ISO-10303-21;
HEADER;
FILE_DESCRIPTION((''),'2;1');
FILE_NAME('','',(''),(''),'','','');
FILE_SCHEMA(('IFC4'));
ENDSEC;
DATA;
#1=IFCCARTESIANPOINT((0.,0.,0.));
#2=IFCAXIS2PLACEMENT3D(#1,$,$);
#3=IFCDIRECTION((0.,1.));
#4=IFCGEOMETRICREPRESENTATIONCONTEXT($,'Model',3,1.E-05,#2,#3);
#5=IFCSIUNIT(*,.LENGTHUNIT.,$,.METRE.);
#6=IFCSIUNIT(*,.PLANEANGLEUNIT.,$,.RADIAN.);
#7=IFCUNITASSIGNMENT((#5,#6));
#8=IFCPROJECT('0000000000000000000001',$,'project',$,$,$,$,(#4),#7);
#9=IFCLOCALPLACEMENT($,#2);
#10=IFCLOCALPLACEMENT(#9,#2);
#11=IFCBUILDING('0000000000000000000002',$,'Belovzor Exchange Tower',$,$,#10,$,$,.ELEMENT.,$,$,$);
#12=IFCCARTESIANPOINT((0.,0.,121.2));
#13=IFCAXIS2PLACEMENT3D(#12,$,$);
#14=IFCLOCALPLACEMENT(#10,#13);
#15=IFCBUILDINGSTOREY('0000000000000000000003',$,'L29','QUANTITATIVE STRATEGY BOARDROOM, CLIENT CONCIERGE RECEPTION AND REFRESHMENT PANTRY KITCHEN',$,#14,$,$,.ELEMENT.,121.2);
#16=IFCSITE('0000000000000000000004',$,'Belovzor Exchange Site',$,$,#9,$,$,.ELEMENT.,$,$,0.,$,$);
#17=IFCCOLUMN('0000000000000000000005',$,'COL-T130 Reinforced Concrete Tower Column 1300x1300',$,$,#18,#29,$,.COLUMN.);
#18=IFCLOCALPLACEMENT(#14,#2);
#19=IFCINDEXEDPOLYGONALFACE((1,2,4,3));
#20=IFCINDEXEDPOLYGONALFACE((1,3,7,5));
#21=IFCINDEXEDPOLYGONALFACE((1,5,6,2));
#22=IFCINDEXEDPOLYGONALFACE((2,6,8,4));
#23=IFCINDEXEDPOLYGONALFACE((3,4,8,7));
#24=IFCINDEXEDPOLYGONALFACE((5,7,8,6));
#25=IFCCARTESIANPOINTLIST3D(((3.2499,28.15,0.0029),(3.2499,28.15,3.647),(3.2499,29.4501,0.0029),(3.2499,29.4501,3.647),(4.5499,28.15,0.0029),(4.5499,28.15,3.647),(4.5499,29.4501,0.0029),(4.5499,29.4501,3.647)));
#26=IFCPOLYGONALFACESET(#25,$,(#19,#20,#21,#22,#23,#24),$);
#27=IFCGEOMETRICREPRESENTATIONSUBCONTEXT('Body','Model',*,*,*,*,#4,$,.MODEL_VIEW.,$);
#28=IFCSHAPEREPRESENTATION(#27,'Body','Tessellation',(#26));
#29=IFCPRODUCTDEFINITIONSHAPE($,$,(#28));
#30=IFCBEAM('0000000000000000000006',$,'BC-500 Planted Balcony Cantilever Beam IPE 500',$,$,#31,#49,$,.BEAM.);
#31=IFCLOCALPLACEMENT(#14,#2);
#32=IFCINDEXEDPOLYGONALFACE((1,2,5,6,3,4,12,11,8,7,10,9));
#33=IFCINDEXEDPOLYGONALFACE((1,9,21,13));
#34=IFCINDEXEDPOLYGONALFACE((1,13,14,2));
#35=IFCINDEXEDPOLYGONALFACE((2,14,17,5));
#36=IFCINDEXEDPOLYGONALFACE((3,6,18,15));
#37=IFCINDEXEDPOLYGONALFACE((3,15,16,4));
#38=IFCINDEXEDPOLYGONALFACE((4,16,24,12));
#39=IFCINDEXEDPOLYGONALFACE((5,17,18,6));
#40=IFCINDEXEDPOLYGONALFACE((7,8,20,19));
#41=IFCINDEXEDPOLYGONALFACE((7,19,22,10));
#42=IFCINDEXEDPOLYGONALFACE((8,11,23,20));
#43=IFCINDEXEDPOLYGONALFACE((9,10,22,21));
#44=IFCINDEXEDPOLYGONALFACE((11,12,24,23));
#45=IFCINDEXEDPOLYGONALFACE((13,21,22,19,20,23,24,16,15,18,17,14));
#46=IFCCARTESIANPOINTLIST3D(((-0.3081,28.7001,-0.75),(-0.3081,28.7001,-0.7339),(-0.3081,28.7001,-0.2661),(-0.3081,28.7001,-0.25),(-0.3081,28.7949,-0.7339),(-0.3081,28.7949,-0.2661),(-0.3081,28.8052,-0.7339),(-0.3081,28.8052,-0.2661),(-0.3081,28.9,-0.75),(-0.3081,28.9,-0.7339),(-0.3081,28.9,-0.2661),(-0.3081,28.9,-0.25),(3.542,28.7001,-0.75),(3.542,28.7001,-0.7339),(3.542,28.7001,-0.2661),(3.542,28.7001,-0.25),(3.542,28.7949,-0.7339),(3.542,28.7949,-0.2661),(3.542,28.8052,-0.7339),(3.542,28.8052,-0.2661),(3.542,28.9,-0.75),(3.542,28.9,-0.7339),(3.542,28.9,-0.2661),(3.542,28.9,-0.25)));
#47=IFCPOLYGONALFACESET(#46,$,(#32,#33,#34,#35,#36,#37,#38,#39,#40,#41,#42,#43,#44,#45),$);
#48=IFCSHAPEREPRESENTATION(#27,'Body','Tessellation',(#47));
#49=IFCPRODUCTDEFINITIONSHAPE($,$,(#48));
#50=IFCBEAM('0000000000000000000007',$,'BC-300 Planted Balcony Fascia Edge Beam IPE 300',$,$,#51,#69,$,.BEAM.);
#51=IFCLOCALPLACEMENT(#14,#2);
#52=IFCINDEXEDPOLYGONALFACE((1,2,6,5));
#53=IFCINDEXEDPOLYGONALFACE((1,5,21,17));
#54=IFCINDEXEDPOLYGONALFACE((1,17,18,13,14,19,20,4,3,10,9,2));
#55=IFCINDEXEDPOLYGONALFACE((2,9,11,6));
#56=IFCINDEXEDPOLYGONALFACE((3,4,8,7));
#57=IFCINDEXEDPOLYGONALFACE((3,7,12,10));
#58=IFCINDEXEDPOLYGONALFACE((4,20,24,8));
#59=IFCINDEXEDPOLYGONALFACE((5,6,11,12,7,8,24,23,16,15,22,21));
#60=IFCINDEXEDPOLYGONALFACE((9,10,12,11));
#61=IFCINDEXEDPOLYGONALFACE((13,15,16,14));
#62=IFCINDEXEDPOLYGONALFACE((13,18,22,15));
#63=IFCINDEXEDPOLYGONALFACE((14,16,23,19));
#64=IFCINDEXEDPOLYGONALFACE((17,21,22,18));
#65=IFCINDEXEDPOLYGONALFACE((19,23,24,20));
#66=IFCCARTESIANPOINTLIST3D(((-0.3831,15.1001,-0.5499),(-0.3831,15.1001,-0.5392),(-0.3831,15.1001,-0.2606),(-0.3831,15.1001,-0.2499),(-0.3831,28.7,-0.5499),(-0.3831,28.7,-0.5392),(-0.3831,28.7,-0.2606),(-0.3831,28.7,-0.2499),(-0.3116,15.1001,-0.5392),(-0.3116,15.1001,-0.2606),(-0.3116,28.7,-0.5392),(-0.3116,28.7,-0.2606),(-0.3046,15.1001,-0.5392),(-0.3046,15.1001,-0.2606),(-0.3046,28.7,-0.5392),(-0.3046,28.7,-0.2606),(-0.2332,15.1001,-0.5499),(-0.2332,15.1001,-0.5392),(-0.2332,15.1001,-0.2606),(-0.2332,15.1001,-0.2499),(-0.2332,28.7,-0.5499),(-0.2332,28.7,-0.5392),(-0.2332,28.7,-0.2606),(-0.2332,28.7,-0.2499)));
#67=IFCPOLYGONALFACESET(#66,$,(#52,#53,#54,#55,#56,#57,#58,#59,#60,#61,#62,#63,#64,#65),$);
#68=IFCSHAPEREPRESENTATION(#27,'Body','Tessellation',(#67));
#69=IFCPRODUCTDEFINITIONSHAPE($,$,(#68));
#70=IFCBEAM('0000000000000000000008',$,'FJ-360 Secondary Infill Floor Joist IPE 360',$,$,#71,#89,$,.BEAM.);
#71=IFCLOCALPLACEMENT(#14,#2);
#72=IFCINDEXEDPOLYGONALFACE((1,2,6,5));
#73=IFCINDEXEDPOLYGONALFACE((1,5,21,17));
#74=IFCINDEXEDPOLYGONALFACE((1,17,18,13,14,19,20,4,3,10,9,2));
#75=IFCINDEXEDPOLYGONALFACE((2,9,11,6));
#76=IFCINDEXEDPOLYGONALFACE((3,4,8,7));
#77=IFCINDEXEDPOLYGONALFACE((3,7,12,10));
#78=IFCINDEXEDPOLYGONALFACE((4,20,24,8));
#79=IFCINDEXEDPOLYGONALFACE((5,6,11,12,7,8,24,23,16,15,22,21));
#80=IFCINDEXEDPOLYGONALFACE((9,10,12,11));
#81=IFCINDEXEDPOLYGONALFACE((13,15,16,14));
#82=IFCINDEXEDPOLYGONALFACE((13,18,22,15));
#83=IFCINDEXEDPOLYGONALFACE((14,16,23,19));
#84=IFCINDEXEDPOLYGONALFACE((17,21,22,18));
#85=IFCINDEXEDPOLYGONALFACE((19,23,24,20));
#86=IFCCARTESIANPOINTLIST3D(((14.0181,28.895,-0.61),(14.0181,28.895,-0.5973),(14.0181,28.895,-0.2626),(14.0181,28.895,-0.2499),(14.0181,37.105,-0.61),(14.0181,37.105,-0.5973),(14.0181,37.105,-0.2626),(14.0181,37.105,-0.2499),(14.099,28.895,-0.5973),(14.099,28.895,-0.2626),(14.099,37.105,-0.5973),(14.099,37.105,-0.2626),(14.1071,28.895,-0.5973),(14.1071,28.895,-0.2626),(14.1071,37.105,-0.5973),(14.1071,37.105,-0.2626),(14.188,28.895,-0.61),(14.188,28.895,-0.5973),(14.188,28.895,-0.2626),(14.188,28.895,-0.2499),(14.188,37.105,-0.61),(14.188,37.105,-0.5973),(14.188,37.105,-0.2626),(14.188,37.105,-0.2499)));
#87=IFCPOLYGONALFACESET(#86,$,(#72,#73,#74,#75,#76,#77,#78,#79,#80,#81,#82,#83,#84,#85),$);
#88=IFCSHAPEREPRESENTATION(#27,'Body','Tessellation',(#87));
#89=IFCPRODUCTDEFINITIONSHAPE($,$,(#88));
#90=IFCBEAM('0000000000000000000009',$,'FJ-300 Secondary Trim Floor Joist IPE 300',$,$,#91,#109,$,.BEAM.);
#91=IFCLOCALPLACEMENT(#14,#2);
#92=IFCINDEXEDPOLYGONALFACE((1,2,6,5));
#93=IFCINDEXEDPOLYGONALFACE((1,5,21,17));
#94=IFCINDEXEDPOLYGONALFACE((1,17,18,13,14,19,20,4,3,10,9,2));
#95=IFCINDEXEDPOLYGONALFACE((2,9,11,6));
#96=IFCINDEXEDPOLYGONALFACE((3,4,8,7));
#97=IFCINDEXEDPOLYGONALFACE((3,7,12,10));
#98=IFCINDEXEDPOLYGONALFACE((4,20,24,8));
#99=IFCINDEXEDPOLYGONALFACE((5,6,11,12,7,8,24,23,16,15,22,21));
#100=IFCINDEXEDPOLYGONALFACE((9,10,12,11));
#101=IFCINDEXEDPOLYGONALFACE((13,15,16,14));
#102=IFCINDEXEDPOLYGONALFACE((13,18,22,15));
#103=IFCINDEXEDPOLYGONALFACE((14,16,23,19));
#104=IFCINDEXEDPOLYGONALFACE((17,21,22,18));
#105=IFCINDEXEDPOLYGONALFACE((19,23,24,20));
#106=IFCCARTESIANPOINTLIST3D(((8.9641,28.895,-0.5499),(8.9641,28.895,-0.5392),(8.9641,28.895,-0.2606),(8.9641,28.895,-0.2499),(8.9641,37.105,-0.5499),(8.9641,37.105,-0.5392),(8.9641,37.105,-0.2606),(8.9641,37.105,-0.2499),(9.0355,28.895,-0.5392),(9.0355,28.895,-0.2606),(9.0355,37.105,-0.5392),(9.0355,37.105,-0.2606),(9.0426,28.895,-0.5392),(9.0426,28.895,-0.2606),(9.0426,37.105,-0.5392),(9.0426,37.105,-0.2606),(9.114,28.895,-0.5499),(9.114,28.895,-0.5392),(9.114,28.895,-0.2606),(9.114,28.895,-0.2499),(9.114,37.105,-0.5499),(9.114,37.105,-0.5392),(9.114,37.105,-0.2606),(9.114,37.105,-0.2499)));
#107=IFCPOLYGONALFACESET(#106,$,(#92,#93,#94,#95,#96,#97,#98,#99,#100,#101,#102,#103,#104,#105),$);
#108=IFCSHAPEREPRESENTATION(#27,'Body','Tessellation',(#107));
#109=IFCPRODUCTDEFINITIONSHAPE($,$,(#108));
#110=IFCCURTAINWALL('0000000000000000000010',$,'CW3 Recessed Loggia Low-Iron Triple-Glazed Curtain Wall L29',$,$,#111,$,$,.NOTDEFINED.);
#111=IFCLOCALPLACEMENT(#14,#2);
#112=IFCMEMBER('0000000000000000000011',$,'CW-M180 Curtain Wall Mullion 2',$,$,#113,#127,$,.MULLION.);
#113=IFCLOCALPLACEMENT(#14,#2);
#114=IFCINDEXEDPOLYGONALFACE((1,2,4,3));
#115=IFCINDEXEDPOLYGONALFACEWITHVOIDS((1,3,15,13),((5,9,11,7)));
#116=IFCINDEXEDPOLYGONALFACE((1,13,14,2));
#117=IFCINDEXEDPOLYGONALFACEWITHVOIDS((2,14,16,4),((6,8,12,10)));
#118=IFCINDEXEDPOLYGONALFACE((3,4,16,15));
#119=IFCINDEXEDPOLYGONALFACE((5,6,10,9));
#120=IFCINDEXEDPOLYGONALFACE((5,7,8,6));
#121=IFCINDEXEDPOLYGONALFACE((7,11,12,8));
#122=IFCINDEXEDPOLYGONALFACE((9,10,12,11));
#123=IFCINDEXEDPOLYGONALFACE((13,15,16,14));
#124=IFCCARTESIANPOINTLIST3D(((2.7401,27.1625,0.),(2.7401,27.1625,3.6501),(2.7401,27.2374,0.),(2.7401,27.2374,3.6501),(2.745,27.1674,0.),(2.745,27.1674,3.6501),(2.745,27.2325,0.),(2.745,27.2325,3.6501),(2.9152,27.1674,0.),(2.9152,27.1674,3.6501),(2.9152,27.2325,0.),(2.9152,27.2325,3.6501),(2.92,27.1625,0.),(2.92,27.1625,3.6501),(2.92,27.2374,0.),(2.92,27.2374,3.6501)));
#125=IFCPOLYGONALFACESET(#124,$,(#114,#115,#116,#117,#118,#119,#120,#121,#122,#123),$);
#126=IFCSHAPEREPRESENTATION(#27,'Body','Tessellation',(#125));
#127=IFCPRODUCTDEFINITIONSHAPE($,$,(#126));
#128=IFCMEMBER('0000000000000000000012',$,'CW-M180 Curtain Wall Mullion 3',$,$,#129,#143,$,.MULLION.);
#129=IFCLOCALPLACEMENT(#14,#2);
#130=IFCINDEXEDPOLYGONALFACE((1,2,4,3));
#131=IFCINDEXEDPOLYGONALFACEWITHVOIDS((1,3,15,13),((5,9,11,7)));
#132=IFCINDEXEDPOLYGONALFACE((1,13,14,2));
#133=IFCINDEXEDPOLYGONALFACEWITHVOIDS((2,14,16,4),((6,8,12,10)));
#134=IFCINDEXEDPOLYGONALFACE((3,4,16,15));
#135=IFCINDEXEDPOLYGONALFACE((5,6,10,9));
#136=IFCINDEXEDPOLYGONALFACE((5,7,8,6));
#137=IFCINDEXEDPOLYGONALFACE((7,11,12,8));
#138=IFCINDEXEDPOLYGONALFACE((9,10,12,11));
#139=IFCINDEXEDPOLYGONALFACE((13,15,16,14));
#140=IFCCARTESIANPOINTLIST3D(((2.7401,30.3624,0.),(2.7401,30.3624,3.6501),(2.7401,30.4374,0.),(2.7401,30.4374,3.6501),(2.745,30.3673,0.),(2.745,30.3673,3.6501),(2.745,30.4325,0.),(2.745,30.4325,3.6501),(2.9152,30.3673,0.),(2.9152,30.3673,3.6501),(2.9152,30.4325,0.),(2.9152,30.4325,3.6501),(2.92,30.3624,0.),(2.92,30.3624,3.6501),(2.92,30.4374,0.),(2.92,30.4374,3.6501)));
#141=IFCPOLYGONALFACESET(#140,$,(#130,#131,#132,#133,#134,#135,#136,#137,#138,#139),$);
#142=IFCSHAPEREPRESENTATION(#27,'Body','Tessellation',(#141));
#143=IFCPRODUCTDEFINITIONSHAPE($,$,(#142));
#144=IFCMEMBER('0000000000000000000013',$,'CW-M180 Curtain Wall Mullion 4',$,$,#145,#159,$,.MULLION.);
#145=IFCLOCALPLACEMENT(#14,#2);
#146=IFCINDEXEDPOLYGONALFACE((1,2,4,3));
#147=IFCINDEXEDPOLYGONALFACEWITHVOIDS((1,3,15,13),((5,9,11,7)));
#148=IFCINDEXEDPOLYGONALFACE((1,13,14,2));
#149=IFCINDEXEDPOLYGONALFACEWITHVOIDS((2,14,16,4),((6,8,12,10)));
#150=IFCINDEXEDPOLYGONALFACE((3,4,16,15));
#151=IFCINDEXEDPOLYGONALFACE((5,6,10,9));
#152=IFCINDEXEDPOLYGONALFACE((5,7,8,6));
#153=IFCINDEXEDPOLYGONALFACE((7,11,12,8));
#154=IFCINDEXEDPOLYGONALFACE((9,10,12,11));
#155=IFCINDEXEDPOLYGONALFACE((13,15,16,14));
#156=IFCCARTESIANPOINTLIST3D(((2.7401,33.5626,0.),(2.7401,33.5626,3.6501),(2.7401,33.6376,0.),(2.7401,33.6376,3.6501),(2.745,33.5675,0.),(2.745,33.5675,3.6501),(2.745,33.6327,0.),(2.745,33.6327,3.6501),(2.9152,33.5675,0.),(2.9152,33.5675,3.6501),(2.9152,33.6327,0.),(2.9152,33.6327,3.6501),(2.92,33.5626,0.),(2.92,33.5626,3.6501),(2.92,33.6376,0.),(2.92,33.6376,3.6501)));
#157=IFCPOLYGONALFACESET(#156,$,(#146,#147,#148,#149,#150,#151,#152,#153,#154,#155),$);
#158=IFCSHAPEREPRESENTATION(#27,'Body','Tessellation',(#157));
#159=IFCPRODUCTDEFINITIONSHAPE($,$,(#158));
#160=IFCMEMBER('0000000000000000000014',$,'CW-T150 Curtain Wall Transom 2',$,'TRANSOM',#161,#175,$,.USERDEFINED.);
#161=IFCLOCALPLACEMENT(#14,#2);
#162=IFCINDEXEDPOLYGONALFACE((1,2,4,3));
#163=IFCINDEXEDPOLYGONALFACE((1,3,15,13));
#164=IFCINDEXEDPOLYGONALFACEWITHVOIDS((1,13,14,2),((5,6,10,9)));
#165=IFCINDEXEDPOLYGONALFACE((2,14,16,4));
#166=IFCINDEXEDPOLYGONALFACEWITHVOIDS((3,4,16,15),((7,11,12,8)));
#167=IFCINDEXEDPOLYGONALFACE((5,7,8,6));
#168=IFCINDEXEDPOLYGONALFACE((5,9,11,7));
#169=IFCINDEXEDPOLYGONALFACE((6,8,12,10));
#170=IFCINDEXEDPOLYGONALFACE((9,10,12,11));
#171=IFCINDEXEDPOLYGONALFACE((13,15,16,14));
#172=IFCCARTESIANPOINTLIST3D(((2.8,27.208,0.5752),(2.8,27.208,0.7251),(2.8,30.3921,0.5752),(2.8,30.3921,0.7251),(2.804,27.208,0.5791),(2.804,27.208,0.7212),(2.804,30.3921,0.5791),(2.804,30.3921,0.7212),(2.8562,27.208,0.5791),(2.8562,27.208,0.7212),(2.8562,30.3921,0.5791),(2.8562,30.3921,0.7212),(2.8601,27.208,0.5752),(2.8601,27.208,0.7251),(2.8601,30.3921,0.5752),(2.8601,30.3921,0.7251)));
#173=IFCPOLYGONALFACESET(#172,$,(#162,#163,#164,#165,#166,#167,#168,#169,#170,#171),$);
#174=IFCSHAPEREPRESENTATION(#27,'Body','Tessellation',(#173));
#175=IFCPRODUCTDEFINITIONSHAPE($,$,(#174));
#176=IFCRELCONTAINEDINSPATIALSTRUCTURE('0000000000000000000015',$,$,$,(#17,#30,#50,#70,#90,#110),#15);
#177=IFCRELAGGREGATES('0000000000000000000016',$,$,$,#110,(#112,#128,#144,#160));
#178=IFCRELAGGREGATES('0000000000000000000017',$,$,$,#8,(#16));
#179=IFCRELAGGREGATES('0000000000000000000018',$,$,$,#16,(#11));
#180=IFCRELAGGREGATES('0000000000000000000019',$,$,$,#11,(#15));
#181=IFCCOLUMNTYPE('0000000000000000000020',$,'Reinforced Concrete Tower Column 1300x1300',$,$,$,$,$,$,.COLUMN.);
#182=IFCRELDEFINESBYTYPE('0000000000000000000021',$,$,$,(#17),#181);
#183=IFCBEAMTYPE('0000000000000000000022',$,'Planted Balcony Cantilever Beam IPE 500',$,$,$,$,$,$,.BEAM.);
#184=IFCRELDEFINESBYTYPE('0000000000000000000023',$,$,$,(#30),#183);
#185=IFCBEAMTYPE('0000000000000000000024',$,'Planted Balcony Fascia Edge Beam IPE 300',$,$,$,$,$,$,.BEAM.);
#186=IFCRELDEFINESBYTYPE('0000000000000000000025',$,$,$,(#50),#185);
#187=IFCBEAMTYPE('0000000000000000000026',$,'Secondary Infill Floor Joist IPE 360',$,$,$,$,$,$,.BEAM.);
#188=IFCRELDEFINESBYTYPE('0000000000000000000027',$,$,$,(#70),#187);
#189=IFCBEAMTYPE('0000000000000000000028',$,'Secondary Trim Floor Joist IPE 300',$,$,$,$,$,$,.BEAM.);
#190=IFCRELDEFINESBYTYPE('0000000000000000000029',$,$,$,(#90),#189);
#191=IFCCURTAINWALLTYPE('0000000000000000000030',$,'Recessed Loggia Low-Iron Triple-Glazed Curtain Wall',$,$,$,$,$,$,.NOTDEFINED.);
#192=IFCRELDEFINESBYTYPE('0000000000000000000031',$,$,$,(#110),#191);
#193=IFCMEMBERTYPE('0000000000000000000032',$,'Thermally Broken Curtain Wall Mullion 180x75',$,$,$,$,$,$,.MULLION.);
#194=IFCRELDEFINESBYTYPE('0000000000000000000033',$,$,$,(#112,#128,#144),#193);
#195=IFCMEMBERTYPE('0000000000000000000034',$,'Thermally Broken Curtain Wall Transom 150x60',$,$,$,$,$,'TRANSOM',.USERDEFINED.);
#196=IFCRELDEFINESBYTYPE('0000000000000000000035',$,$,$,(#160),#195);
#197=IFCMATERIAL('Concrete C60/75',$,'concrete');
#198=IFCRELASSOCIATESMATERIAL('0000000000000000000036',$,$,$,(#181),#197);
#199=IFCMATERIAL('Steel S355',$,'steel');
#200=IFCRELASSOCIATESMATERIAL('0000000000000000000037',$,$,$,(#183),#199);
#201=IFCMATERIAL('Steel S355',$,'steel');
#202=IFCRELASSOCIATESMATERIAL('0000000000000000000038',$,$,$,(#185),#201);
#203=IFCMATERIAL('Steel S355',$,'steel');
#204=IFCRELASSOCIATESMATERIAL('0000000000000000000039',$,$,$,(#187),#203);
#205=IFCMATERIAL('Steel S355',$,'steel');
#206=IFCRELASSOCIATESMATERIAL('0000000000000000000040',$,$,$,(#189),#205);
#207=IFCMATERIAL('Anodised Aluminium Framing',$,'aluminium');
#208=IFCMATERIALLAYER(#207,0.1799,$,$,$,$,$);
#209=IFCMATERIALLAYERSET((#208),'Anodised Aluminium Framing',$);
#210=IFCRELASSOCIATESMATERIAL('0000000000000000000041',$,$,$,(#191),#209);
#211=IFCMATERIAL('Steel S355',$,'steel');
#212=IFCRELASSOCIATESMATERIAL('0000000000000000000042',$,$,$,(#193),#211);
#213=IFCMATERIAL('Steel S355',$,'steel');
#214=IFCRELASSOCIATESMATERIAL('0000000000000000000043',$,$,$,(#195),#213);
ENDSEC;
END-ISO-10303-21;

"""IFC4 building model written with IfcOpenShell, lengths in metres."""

from ifc_helpers import new_model, si_unit, direction, frame, origin, origin_2d, place, context, subcontext, project, spatial, rectangle, hollow_rectangle, i_section, extrude, material, layer, layer_set, material_profile, profile_set, type_object, element, aggregate, save


model = new_model("IFC4")

# Units and contexts
model_context = context("Model", 3, precision=1e-05, world=origin(), true_north=direction((0.0, 1.0)))
body_context = subcontext(model_context, "Body", "Model", "MODEL_VIEW")
ifc_project = project(units=[si_unit("LENGTHUNIT", "METRE"), si_unit("PLANEANGLEUNIT", "RADIAN")], contexts=[model_context])

# Site, building, storey
site_placement = place(None, origin())
site = spatial("IfcSite", under=ifc_project, at=site_placement, Name="Belovzor Exchange Site", CompositionType="ELEMENT", RefElevation=0.0)
building_placement = place(site_placement, origin())
building = spatial("IfcBuilding", under=site, at=building_placement, Name="Belovzor Exchange Tower", CompositionType="ELEMENT")
storey_placement = place(building_placement, frame((0.0, 0.0, 121.2)))
storey = spatial("IfcBuildingStorey", under=building, at=storey_placement, Name="L29", Description="QUANTITATIVE STRATEGY BOARDROOM, CLIENT CONCIERGE RECEPTION AND REFRESHMENT PANTRY KITCHEN", CompositionType="ELEMENT", Elevation=121.2)

# Column
ifc_material_1 = material(Name="Concrete C60/75", Category="concrete")
ifc_material_profile_1 = material_profile(ifc_material_1, rectangle(XDim=1.3, YDim=1.3, at=origin_2d()))
ifc_profile_set_1 = profile_set([ifc_material_profile_1], Name="Concrete C60/75")
column_type = type_object("IfcColumnType", Name="Reinforced Concrete Tower Column 1300x1300", PredefinedType="COLUMN", material=ifc_profile_set_1)
column_placement = place(storey_placement, frame((3.8999, 28.8, 0.0029), z_axis=(0.0, 0.0, 1.0), x_axis=(1.0, 0.0, 0.0)))
element("IfcColumn", 1, at=column_placement, inside=storey, type_object=column_type, Name="COL-T130 Reinforced Concrete Tower Column 1300x1300", PredefinedType="COLUMN", context=body_context, shape_type="SweptSolid", body=[
    extrude(rectangle(XDim=1.3, YDim=1.3, at=origin_2d()), origin(), (0.0, 0.0, 1.0), 3.644),
])

# Beams
ifc_material_2 = material(Name="Steel S355", Category="steel")
ifc_material_profile_2 = material_profile(ifc_material_2, i_section(OverallWidth=0.2, OverallDepth=0.5, WebThickness=0.0103, FlangeThickness=0.0161, at=origin_2d()))
ifc_profile_set_2 = profile_set([ifc_material_profile_2], Name="Steel S355")
beam_type_1 = type_object("IfcBeamType", Name="Planted Balcony Cantilever Beam IPE 500", PredefinedType="BEAM", material=ifc_profile_set_2)
beam_1_placement = place(storey_placement, frame((3.542, 28.8, -0.5), z_axis=(-1.0, 0.0, 0.0), x_axis=(0.0, -1.0, 0.0)))
element("IfcBeam", 2, at=beam_1_placement, inside=storey, type_object=beam_type_1, Name="BC-500 Planted Balcony Cantilever Beam IPE 500", PredefinedType="BEAM", context=body_context, shape_type="SweptSolid", body=[
    extrude(i_section(OverallWidth=0.2, OverallDepth=0.5, WebThickness=0.0103, FlangeThickness=0.0161, at=origin_2d()), origin(), (0.0, 0.0, 1.0), 3.8501),
])
ifc_material_3 = material(Name="Steel S355", Category="steel")
ifc_material_profile_3 = material_profile(ifc_material_3, i_section(OverallWidth=0.1499, OverallDepth=0.3, WebThickness=0.0071, FlangeThickness=0.0107, at=origin_2d()))
ifc_profile_set_3 = profile_set([ifc_material_profile_3], Name="Steel S355")
beam_type_2 = type_object("IfcBeamType", Name="Planted Balcony Fascia Edge Beam IPE 300", PredefinedType="BEAM", material=ifc_profile_set_3)
beam_2_placement = place(storey_placement, frame((-0.3081, 28.7, -0.3999), z_axis=(0.0, -1.0, 0.0), x_axis=(1.0, 0.0, 0.0)))
element("IfcBeam", 3, at=beam_2_placement, inside=storey, type_object=beam_type_2, Name="BC-300 Planted Balcony Fascia Edge Beam IPE 300", PredefinedType="BEAM", context=body_context, shape_type="SweptSolid", body=[
    extrude(i_section(OverallWidth=0.1499, OverallDepth=0.3, WebThickness=0.0071, FlangeThickness=0.0107, at=origin_2d()), origin(), (0.0, 0.0, 1.0), 13.5999),
])
ifc_material_4 = material(Name="Steel S355", Category="steel")
ifc_material_profile_4 = material_profile(ifc_material_4, i_section(OverallWidth=0.1699, OverallDepth=0.3601, WebThickness=0.0081, FlangeThickness=0.0127, at=origin_2d()))
ifc_profile_set_4 = profile_set([ifc_material_profile_4], Name="Steel S355")
beam_type_3 = type_object("IfcBeamType", Name="Secondary Infill Floor Joist IPE 360", PredefinedType="BEAM", material=ifc_profile_set_4)
beam_3_placement = place(storey_placement, frame((14.103, 28.895, -0.4299), z_axis=(0.0, 1.0, 0.0), x_axis=(-1.0, 0.0, 0.0)))
element("IfcBeam", 4, at=beam_3_placement, inside=storey, type_object=beam_type_3, Name="FJ-360 Secondary Infill Floor Joist IPE 360", PredefinedType="BEAM", context=body_context, shape_type="SweptSolid", body=[
    extrude(i_section(OverallWidth=0.1699, OverallDepth=0.3601, WebThickness=0.0081, FlangeThickness=0.0127, at=origin_2d()), origin(), (0.0, 0.0, 1.0), 8.21),
])
ifc_material_5 = material(Name="Steel S355", Category="steel")
ifc_material_profile_5 = material_profile(ifc_material_5, i_section(OverallWidth=0.1499, OverallDepth=0.3, WebThickness=0.0071, FlangeThickness=0.0107, at=origin_2d()))
ifc_profile_set_5 = profile_set([ifc_material_profile_5], Name="Steel S355")
beam_type_4 = type_object("IfcBeamType", Name="Secondary Trim Floor Joist IPE 300", PredefinedType="BEAM", material=ifc_profile_set_5)
beam_4_placement = place(storey_placement, frame((9.0391, 28.895, -0.3999), z_axis=(0.0, 1.0, 0.0), x_axis=(-1.0, 0.0, 0.0)))
element("IfcBeam", 5, at=beam_4_placement, inside=storey, type_object=beam_type_4, Name="FJ-300 Secondary Trim Floor Joist IPE 300", PredefinedType="BEAM", context=body_context, shape_type="SweptSolid", body=[
    extrude(i_section(OverallWidth=0.1499, OverallDepth=0.3, WebThickness=0.0071, FlangeThickness=0.0107, at=origin_2d()), origin(), (0.0, 0.0, 1.0), 8.21),
])

# Curtain wall, members
ifc_material_6 = material(Name="Anodised Aluminium Framing", Category="aluminium")
ifc_layer_1 = layer(ifc_material_6, 0.1799)
ifc_layer_set_1 = layer_set([ifc_layer_1], Name="Anodised Aluminium Framing")
curtain_wall_type = type_object("IfcCurtainWallType", Name="Recessed Loggia Low-Iron Triple-Glazed Curtain Wall", PredefinedType="NOTDEFINED", material=ifc_layer_set_1)
curtain_wall_placement = place(storey_placement, origin())
curtain_wall = element("IfcCurtainWall", 6, at=curtain_wall_placement, inside=storey, type_object=curtain_wall_type, Name="CW3 Recessed Loggia Low-Iron Triple-Glazed Curtain Wall L29", PredefinedType="NOTDEFINED")
ifc_material_7 = material(Name="Steel S355", Category="steel")
ifc_material_profile_6 = material_profile(ifc_material_7, hollow_rectangle(XDim=0.075, YDim=0.1799, WallThickness=0.0049, at=origin_2d()))
ifc_profile_set_6 = profile_set([ifc_material_profile_6], Name="Steel S355")
member_type_1 = type_object("IfcMemberType", Name="Thermally Broken Curtain Wall Mullion 180x75", PredefinedType="MULLION", material=ifc_profile_set_6)
member_1_placement = place(storey_placement, frame((2.8301, 27.2, 0.0), z_axis=(0.0, 0.0, 1.0), x_axis=(0.0, 1.0, 0.0)))
member_1 = element("IfcMember", 7, at=member_1_placement, type_object=member_type_1, Name="CW-M180 Curtain Wall Mullion 2", PredefinedType="MULLION", context=body_context, shape_type="SweptSolid", body=[
    extrude(hollow_rectangle(XDim=0.075, YDim=0.1799, WallThickness=0.0049, at=origin_2d()), origin(), (0.0, 0.0, 1.0), 3.6501),
])
member_2_placement = place(storey_placement, frame((2.8301, 30.3999, 0.0), z_axis=(0.0, 0.0, 1.0), x_axis=(0.0, 1.0, 0.0)))
member_2 = element("IfcMember", 8, at=member_2_placement, type_object=member_type_1, Name="CW-M180 Curtain Wall Mullion 3", PredefinedType="MULLION", context=body_context, shape_type="SweptSolid", body=[
    extrude(hollow_rectangle(XDim=0.075, YDim=0.1799, WallThickness=0.0049, at=origin_2d()), origin(), (0.0, 0.0, 1.0), 3.6501),
])
member_3_placement = place(storey_placement, frame((2.8301, 33.6001, 0.0), z_axis=(0.0, 0.0, 1.0), x_axis=(0.0, 1.0, 0.0)))
member_3 = element("IfcMember", 9, at=member_3_placement, type_object=member_type_1, Name="CW-M180 Curtain Wall Mullion 4", PredefinedType="MULLION", context=body_context, shape_type="SweptSolid", body=[
    extrude(hollow_rectangle(XDim=0.075, YDim=0.1799, WallThickness=0.0049, at=origin_2d()), origin(), (0.0, 0.0, 1.0), 3.6501),
])
ifc_material_8 = material(Name="Steel S355", Category="steel")
ifc_material_profile_7 = material_profile(ifc_material_8, hollow_rectangle(XDim=0.0601, YDim=0.1499, WallThickness=0.0039, at=origin_2d()))
ifc_profile_set_7 = profile_set([ifc_material_profile_7], Name="Steel S355")
member_type_2 = type_object("IfcMemberType", Name="Thermally Broken Curtain Wall Transom 150x60", ElementType="TRANSOM", PredefinedType="USERDEFINED", material=ifc_profile_set_7)
member_4_placement = place(storey_placement, frame((2.8301, 27.208, 0.6501), z_axis=(0.0, 1.0, 0.0), x_axis=(-1.0, 0.0, 0.0)))
member_4 = element("IfcMember", 10, at=member_4_placement, type_object=member_type_2, Name="CW-T150 Curtain Wall Transom 2", ObjectType="TRANSOM", PredefinedType="USERDEFINED", context=body_context, shape_type="SweptSolid", body=[
    extrude(hollow_rectangle(XDim=0.0601, YDim=0.1499, WallThickness=0.0039, at=origin_2d()), origin(), (0.0, 0.0, 1.0), 3.1841),
])

aggregate(curtain_wall, [member_1, member_2, member_3, member_4])

save(model, "model.ifc")
